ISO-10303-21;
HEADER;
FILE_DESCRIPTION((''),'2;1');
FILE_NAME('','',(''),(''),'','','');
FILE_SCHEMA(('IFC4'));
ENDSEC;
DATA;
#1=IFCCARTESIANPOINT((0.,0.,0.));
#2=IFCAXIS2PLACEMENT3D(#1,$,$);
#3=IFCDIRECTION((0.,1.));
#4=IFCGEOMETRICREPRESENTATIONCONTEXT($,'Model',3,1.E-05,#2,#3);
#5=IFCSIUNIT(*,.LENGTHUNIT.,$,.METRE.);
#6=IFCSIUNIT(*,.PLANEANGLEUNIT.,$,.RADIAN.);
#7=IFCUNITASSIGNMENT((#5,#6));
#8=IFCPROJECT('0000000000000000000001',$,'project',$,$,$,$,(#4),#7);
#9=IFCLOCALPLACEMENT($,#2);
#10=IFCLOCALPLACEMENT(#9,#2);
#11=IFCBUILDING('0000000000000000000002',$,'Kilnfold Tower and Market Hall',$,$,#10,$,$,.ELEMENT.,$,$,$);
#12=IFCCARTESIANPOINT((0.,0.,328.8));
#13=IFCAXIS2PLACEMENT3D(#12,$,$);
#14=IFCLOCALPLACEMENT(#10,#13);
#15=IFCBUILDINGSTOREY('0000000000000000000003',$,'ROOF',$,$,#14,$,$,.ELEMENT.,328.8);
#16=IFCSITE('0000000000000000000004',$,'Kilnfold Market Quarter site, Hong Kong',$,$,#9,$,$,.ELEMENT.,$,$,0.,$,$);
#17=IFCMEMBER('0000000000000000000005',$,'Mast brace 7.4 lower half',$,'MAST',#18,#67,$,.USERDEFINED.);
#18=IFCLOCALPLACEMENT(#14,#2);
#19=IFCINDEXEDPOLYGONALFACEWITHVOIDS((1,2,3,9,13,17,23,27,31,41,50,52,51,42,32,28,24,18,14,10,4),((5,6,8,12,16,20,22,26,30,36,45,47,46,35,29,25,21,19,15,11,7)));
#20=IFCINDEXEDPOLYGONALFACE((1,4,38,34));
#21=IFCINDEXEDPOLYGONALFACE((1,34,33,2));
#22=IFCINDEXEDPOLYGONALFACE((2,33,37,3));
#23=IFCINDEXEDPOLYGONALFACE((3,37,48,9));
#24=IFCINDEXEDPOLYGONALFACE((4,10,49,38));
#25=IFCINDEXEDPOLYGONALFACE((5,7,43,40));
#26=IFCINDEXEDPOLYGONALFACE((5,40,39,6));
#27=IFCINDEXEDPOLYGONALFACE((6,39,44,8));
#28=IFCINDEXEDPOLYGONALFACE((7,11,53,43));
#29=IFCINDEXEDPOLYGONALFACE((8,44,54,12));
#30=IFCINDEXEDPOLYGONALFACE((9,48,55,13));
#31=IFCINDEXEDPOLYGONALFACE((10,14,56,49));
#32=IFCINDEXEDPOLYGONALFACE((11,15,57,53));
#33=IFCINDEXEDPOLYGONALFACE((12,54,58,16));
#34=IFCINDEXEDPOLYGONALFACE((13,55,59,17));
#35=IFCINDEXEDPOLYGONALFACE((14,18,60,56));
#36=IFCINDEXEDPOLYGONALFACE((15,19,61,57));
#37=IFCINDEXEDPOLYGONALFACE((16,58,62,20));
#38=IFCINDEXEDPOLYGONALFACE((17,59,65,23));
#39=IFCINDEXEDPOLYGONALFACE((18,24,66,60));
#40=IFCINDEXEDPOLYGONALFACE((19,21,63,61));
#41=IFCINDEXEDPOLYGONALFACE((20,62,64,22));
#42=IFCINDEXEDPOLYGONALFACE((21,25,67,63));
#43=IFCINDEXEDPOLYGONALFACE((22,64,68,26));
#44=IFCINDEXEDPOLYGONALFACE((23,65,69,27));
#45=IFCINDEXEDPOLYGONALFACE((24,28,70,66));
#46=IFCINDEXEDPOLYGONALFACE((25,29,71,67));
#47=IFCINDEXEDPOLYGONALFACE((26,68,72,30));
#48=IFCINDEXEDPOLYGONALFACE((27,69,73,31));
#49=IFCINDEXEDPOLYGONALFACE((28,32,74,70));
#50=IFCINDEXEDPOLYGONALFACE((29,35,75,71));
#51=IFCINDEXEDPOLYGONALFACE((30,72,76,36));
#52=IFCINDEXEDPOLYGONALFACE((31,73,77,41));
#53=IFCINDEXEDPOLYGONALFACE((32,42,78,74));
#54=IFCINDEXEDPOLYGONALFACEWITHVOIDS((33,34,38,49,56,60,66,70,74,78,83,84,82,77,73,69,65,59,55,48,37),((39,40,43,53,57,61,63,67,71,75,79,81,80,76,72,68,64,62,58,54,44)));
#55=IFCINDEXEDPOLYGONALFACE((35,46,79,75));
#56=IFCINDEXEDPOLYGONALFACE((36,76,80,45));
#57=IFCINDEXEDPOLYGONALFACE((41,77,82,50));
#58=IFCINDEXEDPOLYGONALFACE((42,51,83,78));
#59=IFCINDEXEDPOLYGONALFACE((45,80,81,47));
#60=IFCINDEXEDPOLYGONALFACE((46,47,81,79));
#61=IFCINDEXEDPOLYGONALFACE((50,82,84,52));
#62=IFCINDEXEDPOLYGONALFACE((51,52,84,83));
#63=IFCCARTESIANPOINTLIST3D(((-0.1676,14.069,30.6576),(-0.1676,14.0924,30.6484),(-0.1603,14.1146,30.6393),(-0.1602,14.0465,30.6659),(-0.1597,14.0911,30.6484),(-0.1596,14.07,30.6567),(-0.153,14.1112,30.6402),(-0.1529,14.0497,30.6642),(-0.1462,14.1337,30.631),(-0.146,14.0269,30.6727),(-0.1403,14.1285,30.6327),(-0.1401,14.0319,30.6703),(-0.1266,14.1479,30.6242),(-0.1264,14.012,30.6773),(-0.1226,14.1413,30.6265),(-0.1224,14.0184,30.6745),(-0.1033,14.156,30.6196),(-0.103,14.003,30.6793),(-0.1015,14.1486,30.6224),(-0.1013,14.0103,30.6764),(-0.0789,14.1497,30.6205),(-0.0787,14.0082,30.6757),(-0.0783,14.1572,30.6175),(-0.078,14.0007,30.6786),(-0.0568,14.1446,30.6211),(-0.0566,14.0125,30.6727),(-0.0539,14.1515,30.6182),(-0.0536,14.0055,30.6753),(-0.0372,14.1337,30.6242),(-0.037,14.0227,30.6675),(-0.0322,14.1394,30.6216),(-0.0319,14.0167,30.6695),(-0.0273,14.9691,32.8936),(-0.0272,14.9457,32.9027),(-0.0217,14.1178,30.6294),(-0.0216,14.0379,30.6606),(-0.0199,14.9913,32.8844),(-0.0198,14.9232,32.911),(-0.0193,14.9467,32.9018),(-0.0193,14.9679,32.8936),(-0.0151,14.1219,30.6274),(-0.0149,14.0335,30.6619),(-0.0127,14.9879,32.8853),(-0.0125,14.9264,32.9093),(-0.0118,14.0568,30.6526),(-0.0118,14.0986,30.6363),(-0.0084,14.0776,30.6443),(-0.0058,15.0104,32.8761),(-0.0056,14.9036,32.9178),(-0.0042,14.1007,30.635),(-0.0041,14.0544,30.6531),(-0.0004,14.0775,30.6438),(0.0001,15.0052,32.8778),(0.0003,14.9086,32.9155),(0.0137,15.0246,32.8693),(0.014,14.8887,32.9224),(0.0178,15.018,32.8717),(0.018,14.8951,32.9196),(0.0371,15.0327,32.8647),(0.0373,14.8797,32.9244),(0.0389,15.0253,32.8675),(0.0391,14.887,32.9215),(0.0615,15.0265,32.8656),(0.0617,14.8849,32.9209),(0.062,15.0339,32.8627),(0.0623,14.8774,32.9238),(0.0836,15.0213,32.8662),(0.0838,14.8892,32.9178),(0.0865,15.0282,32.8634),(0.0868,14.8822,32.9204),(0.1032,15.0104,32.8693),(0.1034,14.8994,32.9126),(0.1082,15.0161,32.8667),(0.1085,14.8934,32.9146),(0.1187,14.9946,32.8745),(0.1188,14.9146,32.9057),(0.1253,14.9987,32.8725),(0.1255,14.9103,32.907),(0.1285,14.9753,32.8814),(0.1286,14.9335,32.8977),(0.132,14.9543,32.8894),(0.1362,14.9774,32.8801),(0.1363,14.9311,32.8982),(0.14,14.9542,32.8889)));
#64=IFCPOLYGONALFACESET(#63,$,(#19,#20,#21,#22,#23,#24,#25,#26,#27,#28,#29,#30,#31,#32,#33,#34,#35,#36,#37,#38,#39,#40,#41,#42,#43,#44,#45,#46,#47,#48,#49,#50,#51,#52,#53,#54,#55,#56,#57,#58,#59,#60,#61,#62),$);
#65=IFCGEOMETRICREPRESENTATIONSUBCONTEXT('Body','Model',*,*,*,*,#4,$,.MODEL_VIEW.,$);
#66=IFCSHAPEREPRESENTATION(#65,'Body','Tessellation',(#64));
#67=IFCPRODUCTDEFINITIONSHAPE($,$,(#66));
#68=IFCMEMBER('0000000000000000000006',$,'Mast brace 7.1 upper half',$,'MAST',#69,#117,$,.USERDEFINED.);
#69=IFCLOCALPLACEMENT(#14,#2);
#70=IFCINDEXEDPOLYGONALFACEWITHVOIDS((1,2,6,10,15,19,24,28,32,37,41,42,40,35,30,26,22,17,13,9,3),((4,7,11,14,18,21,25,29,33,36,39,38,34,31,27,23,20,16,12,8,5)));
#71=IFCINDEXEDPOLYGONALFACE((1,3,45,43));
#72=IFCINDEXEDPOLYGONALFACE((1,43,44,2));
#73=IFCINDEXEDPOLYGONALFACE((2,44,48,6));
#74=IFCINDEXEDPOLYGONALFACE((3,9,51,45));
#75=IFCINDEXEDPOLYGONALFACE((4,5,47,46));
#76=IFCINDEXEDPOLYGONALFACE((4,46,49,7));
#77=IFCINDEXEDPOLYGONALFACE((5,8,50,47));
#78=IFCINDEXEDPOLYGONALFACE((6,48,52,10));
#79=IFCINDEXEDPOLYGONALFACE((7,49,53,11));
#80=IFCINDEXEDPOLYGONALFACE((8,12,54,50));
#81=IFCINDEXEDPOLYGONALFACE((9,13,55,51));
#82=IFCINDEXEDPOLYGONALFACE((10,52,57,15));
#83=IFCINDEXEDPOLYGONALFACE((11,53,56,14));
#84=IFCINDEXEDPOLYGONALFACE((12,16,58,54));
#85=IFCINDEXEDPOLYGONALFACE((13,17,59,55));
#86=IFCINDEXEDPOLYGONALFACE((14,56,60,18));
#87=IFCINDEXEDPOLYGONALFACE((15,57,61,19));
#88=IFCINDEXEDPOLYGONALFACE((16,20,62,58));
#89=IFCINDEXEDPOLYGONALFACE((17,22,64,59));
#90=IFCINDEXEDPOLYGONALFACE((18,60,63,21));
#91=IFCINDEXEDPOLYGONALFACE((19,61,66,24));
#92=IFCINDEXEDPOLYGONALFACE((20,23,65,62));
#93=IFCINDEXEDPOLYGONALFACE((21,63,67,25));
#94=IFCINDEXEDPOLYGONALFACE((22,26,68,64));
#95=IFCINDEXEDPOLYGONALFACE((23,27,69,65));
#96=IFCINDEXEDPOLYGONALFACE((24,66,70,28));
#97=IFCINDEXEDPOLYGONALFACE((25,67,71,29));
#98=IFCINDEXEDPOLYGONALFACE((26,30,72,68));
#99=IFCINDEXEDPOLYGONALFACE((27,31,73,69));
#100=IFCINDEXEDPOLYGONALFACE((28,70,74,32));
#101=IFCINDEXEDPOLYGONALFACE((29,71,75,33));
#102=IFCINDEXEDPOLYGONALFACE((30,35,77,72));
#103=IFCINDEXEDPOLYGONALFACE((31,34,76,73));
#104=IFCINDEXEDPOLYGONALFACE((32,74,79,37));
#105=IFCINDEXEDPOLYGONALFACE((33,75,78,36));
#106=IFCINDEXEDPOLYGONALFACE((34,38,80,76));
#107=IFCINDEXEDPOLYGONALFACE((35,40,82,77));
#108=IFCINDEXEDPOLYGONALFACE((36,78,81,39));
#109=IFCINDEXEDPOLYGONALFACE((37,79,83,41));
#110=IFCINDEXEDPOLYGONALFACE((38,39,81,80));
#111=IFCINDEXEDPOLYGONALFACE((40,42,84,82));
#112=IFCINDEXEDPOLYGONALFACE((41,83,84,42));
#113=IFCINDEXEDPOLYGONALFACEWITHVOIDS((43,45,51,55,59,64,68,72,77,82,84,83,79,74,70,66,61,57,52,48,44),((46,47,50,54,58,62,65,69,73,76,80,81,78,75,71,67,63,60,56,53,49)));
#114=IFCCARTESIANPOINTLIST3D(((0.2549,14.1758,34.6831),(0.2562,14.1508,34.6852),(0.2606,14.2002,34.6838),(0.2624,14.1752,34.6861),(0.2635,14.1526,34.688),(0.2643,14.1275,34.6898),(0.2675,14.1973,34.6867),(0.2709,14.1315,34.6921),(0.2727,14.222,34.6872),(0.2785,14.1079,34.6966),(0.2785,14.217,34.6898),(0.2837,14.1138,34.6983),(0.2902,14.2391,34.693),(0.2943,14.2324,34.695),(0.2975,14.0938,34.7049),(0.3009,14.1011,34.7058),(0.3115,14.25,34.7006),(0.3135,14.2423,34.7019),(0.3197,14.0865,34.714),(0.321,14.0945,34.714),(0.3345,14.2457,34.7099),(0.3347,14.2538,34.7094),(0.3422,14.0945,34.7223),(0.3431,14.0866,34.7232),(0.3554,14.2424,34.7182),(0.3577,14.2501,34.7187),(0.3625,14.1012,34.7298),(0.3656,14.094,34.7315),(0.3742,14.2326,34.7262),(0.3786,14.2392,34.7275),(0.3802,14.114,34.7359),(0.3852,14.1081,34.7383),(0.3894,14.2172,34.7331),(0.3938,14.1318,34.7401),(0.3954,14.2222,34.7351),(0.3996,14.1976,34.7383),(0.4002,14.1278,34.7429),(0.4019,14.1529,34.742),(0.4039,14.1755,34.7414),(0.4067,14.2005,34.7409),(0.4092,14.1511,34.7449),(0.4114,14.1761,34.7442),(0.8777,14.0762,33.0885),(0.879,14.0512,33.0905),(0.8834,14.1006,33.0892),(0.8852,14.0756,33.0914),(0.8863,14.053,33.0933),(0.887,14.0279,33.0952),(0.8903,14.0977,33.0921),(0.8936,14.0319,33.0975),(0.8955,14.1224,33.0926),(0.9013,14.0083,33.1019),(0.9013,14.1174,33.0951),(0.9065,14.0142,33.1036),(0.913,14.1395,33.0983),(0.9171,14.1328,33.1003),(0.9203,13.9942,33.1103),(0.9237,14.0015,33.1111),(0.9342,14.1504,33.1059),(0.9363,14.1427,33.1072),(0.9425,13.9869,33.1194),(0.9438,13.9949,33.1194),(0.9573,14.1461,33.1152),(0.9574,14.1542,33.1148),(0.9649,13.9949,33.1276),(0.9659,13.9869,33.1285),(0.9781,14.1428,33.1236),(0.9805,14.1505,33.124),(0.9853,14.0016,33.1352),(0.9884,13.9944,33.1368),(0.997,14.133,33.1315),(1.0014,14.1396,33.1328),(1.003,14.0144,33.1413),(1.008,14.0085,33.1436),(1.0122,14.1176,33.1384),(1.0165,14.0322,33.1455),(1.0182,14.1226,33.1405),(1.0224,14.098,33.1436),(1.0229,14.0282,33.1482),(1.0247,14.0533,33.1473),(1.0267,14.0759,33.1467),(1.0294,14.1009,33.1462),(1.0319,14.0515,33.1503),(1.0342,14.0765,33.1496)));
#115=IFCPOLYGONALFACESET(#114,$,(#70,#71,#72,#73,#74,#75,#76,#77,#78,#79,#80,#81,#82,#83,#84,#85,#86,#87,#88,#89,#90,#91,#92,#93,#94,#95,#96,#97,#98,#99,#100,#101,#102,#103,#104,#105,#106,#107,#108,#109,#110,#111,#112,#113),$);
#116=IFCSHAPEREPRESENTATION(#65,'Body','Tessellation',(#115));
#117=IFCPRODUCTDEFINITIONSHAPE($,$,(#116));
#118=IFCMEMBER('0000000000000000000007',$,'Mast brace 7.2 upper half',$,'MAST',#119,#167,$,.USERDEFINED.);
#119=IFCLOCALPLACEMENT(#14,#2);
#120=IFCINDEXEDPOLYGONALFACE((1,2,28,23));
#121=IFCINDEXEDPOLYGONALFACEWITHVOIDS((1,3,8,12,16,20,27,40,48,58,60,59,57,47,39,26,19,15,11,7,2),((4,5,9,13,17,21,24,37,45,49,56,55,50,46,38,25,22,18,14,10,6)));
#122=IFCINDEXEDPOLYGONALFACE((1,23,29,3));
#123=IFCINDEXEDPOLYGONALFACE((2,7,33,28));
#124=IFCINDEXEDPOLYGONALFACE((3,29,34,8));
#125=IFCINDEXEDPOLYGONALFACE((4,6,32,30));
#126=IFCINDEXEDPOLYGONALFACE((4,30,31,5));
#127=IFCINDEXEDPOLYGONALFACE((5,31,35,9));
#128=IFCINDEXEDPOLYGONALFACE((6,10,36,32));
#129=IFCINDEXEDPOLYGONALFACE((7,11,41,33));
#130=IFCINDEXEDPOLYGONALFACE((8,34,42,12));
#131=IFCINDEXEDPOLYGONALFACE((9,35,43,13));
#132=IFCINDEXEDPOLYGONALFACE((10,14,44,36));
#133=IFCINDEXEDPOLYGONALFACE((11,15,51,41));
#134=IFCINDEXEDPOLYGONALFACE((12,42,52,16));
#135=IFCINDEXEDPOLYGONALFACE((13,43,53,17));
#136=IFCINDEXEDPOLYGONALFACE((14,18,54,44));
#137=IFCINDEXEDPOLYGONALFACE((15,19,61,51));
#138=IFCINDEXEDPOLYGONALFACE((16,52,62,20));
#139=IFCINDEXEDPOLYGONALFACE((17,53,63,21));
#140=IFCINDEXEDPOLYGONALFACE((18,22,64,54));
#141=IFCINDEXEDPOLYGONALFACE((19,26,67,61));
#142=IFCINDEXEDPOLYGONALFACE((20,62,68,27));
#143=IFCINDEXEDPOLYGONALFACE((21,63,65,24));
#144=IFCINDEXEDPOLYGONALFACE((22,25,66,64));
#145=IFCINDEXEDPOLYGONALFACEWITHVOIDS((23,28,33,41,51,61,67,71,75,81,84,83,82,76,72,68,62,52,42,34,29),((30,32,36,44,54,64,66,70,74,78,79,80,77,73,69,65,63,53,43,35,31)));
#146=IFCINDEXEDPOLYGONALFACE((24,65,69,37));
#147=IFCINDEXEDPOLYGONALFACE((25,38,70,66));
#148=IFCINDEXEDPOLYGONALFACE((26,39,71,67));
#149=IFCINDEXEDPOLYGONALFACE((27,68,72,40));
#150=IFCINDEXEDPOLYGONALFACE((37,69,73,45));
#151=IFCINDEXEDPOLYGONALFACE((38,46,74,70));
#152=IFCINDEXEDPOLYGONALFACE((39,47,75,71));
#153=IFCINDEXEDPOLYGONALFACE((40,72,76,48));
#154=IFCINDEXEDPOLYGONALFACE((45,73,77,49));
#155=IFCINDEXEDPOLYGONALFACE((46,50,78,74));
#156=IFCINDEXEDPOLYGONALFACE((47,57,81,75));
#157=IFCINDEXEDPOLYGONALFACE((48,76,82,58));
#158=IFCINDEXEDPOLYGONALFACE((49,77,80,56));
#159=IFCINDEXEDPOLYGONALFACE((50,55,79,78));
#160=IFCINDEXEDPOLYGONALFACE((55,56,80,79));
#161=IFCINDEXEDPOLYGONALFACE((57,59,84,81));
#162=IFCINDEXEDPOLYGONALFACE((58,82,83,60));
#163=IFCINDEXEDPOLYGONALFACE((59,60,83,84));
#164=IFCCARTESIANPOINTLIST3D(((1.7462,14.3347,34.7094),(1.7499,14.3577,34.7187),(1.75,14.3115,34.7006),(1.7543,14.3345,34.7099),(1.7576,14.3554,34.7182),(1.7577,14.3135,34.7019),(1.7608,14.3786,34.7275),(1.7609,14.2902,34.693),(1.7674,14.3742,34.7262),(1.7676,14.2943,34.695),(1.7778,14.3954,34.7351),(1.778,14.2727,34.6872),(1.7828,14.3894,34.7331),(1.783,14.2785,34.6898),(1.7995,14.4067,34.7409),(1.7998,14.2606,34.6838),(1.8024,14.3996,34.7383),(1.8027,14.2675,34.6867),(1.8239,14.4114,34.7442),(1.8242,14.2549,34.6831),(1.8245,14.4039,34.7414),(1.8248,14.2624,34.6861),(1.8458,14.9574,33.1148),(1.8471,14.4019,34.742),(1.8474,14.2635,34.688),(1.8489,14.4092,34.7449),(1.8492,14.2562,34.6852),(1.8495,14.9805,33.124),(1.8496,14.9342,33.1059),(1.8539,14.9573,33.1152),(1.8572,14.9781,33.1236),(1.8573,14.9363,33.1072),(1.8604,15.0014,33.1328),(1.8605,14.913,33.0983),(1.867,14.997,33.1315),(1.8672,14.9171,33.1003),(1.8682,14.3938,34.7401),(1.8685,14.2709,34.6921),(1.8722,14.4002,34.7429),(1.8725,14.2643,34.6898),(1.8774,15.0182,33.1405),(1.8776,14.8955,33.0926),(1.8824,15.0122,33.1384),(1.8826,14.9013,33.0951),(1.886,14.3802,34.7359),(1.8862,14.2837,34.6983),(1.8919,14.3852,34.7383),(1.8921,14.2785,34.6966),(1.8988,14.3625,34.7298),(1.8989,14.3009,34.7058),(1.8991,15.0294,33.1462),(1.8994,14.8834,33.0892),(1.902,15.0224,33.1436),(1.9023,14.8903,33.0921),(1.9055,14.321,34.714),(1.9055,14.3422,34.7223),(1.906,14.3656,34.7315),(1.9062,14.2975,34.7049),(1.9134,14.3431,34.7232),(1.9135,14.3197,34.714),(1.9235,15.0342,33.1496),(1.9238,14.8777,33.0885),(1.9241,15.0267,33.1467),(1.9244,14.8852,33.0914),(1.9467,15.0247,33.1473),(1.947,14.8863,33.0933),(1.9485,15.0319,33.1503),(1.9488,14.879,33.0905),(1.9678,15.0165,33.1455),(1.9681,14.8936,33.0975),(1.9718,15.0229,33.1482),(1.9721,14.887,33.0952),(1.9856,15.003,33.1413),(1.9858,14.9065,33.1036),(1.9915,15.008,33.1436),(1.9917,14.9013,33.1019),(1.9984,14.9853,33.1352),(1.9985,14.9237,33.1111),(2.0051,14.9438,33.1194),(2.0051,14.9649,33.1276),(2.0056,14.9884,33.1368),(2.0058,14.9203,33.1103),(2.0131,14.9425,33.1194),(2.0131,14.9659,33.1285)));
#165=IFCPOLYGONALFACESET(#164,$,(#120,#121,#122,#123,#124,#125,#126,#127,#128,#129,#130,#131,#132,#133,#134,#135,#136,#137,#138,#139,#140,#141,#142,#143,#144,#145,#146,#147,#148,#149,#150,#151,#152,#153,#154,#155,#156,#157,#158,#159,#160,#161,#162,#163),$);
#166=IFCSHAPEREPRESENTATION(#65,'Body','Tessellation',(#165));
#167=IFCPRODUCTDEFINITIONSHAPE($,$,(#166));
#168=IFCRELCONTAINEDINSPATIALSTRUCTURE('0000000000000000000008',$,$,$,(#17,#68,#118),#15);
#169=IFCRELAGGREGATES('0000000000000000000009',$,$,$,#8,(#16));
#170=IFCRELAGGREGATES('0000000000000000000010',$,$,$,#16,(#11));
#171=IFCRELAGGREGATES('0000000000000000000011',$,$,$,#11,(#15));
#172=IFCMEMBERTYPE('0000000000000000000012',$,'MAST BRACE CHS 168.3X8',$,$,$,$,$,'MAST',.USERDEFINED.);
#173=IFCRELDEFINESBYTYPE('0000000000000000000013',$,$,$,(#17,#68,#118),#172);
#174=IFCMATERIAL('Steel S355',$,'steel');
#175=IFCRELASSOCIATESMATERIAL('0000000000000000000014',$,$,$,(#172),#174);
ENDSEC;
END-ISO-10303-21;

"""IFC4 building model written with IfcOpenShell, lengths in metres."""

from ifc_helpers import new_model, si_unit, direction, frame, origin, origin_2d, place, context, subcontext, project, spatial, hollow_circle, extrude, source, transform, mapped, material, material_profile, profile_set, type_object, element, save


model = new_model("IFC4")

# Units and contexts
model_context = context("Model", 3, precision=1e-05, world=origin(), true_north=direction((0.0, 1.0)))
body_context = subcontext(model_context, "Body", "Model", "MODEL_VIEW")
ifc_project = project(units=[si_unit("LENGTHUNIT", "METRE"), si_unit("PLANEANGLEUNIT", "RADIAN")], contexts=[model_context])

# Site, building, storey
site_placement = place(None, origin())
site = spatial("IfcSite", under=ifc_project, at=site_placement, Name="Kilnfold Market Quarter site, Hong Kong", CompositionType="ELEMENT", RefElevation=0.0)
building_placement = place(site_placement, origin())
building = spatial("IfcBuilding", under=site, at=building_placement, Name="Kilnfold Tower and Market Hall", CompositionType="ELEMENT")
storey_placement = place(building_placement, frame((0.0, 0.0, 328.8)))
storey = spatial("IfcBuildingStorey", under=building, at=storey_placement, Name="ROOF", CompositionType="ELEMENT", Elevation=328.8)

# Members
ifc_material_1 = material(Name="Steel S355", Category="steel")
ifc_material_profile_1 = material_profile(ifc_material_1, hollow_circle(Radius=0.0842, WallThickness=0.0081, at=origin_2d()), Name="CHS 168.3x8")
ifc_profile_set_1 = profile_set([ifc_material_profile_1], Name="Steel S355")
member_type_1 = type_object("IfcMemberType", Name="MAST BRACE CHS 168.3X8", ElementType="MAST", PredefinedType="USERDEFINED", material=ifc_profile_set_1)
shared_shape_1 = source(origin(), body_context, "Body", "SweptSolid", [
    extrude(hollow_circle(Radius=0.0842, WallThickness=0.0081, at=origin_2d()), origin(), (0.0, 0.0, 1.0), 2.4143),
])
for number, where, z_axis, x_axis, name in (
    (1, (-0.0845, 14.0791, 30.6484), (0.058145, 0.363131, 0.929922), (-0.987422, 0.158108, 0.0), "Mast brace 7.4 lower half"),
):
    element("IfcMember", number, at=place(storey_placement, frame(where, z_axis=z_axis, x_axis=x_axis)), inside=storey, type_object=member_type_1, Name=name, ObjectType="MAST", PredefinedType="USERDEFINED", context=body_context, shape_type="MappedRepresentation", body=[
        mapped(shared_shape_1, transform((0.0, 0.0, 0.0))),
    ])
shared_shape_2 = source(origin(), body_context, "Body", "SweptSolid", [
    extrude(hollow_circle(Radius=0.0842, WallThickness=0.0081, at=origin_2d()), origin(), (0.0, 0.0, 1.0), 1.7148),
])
for number, where, z_axis, x_axis, name in (
    (2, (0.9558, 14.0701, 33.1194), (-0.363167, 0.058084, 0.929912), (-0.15793, -0.98745, 0.0), "Mast brace 7.1 upper half"),
    (3, (1.9299, 14.9558, 33.1194), (-0.058084, -0.363167, 0.929912), (0.98745, -0.15793, 0.0), "Mast brace 7.2 upper half"),
):
    element("IfcMember", number, at=place(storey_placement, frame(where, z_axis=z_axis, x_axis=x_axis)), inside=storey, type_object=member_type_1, Name=name, ObjectType="MAST", PredefinedType="USERDEFINED", context=body_context, shape_type="MappedRepresentation", body=[
        mapped(shared_shape_2, transform((0.0, 0.0, 0.0))),
    ])

save(model, "model.ifc")
